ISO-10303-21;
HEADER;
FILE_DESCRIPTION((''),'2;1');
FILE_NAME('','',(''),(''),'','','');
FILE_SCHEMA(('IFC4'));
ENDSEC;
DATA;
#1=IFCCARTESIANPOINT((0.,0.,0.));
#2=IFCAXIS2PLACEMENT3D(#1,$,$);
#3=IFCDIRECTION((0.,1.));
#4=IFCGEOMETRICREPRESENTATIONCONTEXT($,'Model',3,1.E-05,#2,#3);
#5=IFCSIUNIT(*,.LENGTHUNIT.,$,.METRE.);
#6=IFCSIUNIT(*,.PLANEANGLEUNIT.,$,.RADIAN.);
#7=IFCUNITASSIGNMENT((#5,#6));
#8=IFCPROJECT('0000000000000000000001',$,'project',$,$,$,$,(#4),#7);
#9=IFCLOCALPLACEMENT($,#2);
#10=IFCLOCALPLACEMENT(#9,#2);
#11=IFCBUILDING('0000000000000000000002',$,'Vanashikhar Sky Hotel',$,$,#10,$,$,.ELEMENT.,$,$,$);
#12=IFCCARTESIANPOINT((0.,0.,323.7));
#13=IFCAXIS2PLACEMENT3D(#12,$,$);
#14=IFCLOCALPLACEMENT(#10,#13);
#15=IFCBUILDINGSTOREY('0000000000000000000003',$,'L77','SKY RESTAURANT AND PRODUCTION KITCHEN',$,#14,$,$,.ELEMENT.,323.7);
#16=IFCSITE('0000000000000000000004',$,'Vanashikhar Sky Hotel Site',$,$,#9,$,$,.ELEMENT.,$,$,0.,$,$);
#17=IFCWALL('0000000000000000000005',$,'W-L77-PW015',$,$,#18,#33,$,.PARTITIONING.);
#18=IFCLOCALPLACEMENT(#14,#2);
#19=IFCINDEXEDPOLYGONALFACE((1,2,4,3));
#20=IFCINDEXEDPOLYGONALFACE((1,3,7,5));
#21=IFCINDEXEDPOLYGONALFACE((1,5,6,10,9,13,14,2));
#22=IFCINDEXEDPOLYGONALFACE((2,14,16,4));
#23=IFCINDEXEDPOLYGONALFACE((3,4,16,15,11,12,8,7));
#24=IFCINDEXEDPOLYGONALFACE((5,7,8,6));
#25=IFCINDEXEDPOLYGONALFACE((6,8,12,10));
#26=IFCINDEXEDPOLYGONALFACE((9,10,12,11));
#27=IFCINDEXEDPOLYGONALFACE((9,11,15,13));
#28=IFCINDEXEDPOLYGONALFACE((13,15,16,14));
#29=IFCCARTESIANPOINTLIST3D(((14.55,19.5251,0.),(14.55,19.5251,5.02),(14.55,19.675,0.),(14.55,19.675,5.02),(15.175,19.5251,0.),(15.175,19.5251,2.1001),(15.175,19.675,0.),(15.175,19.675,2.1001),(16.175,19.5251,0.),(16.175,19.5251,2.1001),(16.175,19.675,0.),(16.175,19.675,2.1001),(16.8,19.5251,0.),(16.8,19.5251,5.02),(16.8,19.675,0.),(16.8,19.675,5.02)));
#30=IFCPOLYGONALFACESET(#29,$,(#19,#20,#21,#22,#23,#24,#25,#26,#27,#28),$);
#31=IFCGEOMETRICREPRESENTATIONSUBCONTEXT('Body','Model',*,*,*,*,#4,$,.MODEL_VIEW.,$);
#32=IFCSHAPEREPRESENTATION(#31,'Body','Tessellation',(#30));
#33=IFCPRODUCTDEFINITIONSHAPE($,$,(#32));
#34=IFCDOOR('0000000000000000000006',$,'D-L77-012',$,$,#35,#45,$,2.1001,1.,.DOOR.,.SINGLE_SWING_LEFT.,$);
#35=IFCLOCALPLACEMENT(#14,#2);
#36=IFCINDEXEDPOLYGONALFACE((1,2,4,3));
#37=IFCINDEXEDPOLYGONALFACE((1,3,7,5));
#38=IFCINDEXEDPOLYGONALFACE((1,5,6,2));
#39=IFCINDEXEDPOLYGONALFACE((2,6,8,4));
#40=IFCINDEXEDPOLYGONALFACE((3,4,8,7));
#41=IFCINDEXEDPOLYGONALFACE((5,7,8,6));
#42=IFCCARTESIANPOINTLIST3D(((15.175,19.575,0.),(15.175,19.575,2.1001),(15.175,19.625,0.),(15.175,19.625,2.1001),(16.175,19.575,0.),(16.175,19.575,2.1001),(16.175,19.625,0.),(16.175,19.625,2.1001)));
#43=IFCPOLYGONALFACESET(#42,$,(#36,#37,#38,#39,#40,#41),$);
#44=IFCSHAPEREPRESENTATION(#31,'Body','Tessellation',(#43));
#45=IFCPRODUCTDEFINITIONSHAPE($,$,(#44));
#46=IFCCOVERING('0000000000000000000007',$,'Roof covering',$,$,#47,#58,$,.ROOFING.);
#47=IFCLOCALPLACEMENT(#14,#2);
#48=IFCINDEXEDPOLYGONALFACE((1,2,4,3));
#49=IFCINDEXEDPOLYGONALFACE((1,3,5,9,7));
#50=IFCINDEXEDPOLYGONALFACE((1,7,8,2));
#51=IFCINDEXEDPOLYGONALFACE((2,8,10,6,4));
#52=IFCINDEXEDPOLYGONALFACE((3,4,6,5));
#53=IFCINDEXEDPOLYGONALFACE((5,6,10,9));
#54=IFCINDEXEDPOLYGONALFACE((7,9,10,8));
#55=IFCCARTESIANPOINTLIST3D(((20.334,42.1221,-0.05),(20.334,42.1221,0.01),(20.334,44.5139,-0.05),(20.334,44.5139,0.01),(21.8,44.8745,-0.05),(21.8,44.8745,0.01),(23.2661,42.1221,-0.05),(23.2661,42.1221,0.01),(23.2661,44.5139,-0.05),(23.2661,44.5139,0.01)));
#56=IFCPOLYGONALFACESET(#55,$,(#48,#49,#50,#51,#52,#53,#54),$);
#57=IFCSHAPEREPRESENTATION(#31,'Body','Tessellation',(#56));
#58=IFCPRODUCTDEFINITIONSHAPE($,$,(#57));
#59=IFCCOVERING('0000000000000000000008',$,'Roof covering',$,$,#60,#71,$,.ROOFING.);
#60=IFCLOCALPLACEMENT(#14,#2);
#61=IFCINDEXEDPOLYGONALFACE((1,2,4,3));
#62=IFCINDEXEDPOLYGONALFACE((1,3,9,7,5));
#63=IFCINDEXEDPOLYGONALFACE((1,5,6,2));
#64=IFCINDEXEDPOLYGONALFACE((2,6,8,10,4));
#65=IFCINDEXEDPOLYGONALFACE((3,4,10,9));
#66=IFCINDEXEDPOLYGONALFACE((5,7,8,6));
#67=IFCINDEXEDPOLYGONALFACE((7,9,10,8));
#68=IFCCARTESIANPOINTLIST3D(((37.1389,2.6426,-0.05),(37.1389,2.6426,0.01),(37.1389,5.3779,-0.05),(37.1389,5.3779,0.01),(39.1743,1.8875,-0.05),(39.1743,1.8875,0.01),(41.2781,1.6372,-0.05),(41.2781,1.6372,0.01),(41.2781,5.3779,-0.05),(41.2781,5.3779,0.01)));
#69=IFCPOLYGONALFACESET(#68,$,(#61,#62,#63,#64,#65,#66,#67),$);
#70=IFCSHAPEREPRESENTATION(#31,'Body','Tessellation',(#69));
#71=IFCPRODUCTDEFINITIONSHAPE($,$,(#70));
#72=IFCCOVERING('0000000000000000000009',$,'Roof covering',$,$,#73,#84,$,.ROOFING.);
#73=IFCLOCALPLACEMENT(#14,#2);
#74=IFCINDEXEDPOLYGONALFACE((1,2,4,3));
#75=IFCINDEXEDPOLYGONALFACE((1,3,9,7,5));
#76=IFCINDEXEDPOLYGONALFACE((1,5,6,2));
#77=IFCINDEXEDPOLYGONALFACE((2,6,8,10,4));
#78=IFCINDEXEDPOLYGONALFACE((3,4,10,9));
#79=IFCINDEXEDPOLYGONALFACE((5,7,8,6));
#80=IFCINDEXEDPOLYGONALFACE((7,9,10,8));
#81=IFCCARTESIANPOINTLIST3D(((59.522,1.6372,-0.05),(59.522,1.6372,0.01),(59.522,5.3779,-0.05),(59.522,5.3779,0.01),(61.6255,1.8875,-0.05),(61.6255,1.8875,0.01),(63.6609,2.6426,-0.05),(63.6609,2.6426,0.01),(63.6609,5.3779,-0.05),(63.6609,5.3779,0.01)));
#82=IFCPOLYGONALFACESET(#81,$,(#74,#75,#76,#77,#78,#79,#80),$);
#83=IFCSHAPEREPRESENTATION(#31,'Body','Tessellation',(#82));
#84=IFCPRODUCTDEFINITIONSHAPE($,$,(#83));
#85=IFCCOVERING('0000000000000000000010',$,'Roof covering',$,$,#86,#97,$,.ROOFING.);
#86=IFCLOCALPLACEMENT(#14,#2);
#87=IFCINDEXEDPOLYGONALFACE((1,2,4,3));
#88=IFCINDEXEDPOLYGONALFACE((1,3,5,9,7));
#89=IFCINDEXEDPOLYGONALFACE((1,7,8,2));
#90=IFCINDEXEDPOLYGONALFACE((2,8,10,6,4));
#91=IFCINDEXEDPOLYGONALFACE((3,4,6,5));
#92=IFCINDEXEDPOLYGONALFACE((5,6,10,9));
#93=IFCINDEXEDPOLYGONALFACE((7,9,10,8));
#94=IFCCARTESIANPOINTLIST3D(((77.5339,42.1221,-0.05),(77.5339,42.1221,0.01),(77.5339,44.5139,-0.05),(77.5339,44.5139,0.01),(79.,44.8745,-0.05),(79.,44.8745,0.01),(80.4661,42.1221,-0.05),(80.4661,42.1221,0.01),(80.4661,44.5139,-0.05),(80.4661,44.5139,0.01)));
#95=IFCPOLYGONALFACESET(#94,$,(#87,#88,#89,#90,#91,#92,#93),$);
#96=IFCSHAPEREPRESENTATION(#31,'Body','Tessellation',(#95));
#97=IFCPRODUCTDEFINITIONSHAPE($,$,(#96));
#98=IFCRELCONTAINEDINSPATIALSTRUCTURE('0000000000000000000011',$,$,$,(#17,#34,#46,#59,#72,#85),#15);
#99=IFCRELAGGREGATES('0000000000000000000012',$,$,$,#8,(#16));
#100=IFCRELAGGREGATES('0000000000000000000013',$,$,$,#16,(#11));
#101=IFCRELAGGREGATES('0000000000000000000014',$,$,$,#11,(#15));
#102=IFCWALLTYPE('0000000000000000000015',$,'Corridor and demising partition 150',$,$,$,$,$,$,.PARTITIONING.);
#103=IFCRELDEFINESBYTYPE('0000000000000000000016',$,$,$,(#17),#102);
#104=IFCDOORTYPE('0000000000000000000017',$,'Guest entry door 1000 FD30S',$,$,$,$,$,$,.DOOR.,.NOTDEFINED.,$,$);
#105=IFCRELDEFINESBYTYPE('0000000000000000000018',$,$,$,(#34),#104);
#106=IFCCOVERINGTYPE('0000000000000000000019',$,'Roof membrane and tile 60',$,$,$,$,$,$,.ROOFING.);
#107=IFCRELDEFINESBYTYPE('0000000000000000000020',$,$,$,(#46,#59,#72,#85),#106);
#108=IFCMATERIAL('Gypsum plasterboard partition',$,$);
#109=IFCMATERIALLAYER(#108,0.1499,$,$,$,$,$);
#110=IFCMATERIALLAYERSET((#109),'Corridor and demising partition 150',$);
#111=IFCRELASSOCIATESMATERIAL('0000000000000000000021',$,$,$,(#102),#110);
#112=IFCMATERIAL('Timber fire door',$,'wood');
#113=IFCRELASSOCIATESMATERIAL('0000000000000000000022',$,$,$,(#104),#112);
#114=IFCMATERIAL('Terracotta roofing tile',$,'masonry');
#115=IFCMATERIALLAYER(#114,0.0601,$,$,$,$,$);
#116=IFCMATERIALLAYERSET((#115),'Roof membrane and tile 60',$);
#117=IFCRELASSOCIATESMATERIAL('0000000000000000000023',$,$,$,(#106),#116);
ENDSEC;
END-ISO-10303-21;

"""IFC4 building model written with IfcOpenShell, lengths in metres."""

from ifc_helpers import new_model, si_unit, direction, frame, frame_2d, origin, place, context, subcontext, project, spatial, polyline, rectangle, outline, extrude, source, transform, mapped, material, layer, layer_set, type_object, element, fill, save


model = new_model("IFC4")

# Units and contexts
model_context = context("Model", 3, precision=1e-05, world=origin(), true_north=direction((0.0, 1.0)))
body_context = subcontext(model_context, "Body", "Model", "MODEL_VIEW")
ifc_project = project(units=[si_unit("LENGTHUNIT", "METRE"), si_unit("PLANEANGLEUNIT", "RADIAN")], contexts=[model_context])

# Site, building, storey
site_placement = place(None, origin())
site = spatial("IfcSite", under=ifc_project, at=site_placement, Name="Vanashikhar Sky Hotel Site", CompositionType="ELEMENT", RefElevation=0.0)
building_placement = place(site_placement, origin())
building = spatial("IfcBuilding", under=site, at=building_placement, Name="Vanashikhar Sky Hotel", CompositionType="ELEMENT")
storey_placement = place(building_placement, frame((0.0, 0.0, 323.7)))
storey = spatial("IfcBuildingStorey", under=building, at=storey_placement, Name="L77", Description="SKY RESTAURANT AND PRODUCTION KITCHEN", CompositionType="ELEMENT", Elevation=323.7)

# Wall, opening, door
ifc_material_1 = material(Name="Gypsum plasterboard partition")
ifc_layer_1 = layer(ifc_material_1, 0.1499)
ifc_layer_set_1 = layer_set([ifc_layer_1], Name="Corridor and demising partition 150")
wall_type = type_object("IfcWallType", Name="Corridor and demising partition 150", PredefinedType="PARTITIONING", material=ifc_layer_set_1)
shared_shape_1 = source(origin(), body_context, "Body", "SweptSolid", [
    extrude(rectangle(XDim=2.25, YDim=0.1499, at=frame_2d((1.125, 0.0))), origin(), (0.0, 0.0, 1.0), 5.02),
])
wall_placement = place(storey_placement, frame((14.55, 19.6001, 0.0), z_axis=(0.0, 0.0, 1.0), x_axis=(1.0, 0.0, 0.0)))
wall = element("IfcWall", 1, at=wall_placement, inside=storey, type_object=wall_type, Name="W-L77-PW015", PredefinedType="PARTITIONING", context=body_context, shape_type="MappedRepresentation", body=[
    mapped(shared_shape_1, transform((0.0, 0.0, 0.0), scale=1.0)),
])
shared_shape_2 = source(origin(), body_context, "Body", "SweptSolid", [
    extrude(rectangle(XDim=1.0, YDim=2.1001, at=frame_2d((0.5, 1.05))), frame((0.0, 0.085, 0.0), z_axis=(0.0, -1.0, 0.0), x_axis=(1.0, 0.0, 0.0)), (0.0, 0.0, 1.0), 0.1699),
])
opening_placement = place(wall_placement, frame((0.625, 0.0, 0.0)))
opening = element("IfcOpeningElement", 2, at=opening_placement, cuts=wall, PredefinedType="OPENING", context=body_context, shape_type="MappedRepresentation", body=[
    mapped(shared_shape_2, transform((0.0, 0.0, 0.0), scale=1.0)),
])
ifc_material_2 = material(Name="Timber fire door", Category="wood")
door_type = type_object("IfcDoorType", Name="Guest entry door 1000 FD30S", OperationType="NOTDEFINED", PredefinedType="DOOR", material=ifc_material_2)
shared_shape_3 = source(origin(), body_context, "Body", "SweptSolid", [
    extrude(rectangle(XDim=1.0, YDim=2.1001, at=frame_2d((0.5, 1.05))), frame((0.0, 0.0249, 0.0), z_axis=(0.0, -1.0, 0.0), x_axis=(1.0, 0.0, 0.0)), (0.0, 0.0, 1.0), 0.05),
])
door_placement = place(opening_placement, origin())
door = element("IfcDoor", 3, at=door_placement, inside=storey, type_object=door_type, Name="D-L77-012", OperationType="SINGLE_SWING_LEFT", OverallHeight=2.1001, OverallWidth=1.0, PredefinedType="DOOR", context=body_context, shape_type="MappedRepresentation", body=[
    mapped(shared_shape_3, transform((0.0, 0.0, 0.0), scale=1.0)),
])
fill(opening, door)

# Coverings
ifc_material_3 = material(Name="Terracotta roofing tile", Category="masonry")
ifc_layer_2 = layer(ifc_material_3, 0.0601)
ifc_layer_set_2 = layer_set([ifc_layer_2], Name="Roof membrane and tile 60")
covering_type = type_object("IfcCoveringType", Name="Roof membrane and tile 60", PredefinedType="ROOFING", material=ifc_layer_set_2)
shared_shape_4 = source(origin(), body_context, "Body", "SweptSolid", [
    extrude(outline(polyline([(20.334, 42.1221), (20.334, 44.5139), (21.8, 44.8745), (23.2661, 44.5139), (23.2661, 42.1221), (20.334, 42.1221)])), origin(), (0.0, 0.0, 1.0), 0.0601),
])
covering_1_placement = place(storey_placement, frame((0.0, 0.0, -0.05)))
element("IfcCovering", 4, at=covering_1_placement, inside=storey, type_object=covering_type, Name="Roof covering", PredefinedType="ROOFING", context=body_context, shape_type="MappedRepresentation", body=[
    mapped(shared_shape_4, transform((0.0, 0.0, 0.0), scale=1.0)),
])
shared_shape_5 = source(origin(), body_context, "Body", "SweptSolid", [
    extrude(outline(polyline([(41.2781, 1.6372), (39.1743, 1.8875), (37.1389, 2.6426), (37.1389, 5.3779), (41.2781, 5.3779), (41.2781, 1.6372)])), origin(), (0.0, 0.0, 1.0), 0.0601),
])
covering_2_placement = place(storey_placement, frame((0.0, 0.0, -0.05)))
element("IfcCovering", 5, at=covering_2_placement, inside=storey, type_object=covering_type, Name="Roof covering", PredefinedType="ROOFING", context=body_context, shape_type="MappedRepresentation", body=[
    mapped(shared_shape_5, transform((0.0, 0.0, 0.0), scale=1.0)),
])
shared_shape_6 = source(origin(), body_context, "Body", "SweptSolid", [
    extrude(outline(polyline([(63.6609, 5.3779), (63.6609, 2.6426), (61.6255, 1.8875), (59.522, 1.6372), (59.522, 5.3779), (63.6609, 5.3779)])), origin(), (0.0, 0.0, 1.0), 0.0601),
])
covering_3_placement = place(storey_placement, frame((0.0, 0.0, -0.05)))
element("IfcCovering", 6, at=covering_3_placement, inside=storey, type_object=covering_type, Name="Roof covering", PredefinedType="ROOFING", context=body_context, shape_type="MappedRepresentation", body=[
    mapped(shared_shape_6, transform((0.0, 0.0, 0.0), scale=1.0)),
])
shared_shape_7 = source(origin(), body_context, "Body", "SweptSolid", [
    extrude(outline(polyline([(77.5339, 44.5139), (79.0, 44.8745), (80.4661, 44.5139), (80.4661, 42.1221), (77.5339, 42.1221), (77.5339, 44.5139)])), origin(), (0.0, 0.0, 1.0), 0.0601),
])
covering_4_placement = place(storey_placement, frame((0.0, 0.0, -0.05)))
element("IfcCovering", 7, at=covering_4_placement, inside=storey, type_object=covering_type, Name="Roof covering", PredefinedType="ROOFING", context=body_context, shape_type="MappedRepresentation", body=[
    mapped(shared_shape_7, transform((0.0, 0.0, 0.0), scale=1.0)),
])

save(model, "model.ifc")
